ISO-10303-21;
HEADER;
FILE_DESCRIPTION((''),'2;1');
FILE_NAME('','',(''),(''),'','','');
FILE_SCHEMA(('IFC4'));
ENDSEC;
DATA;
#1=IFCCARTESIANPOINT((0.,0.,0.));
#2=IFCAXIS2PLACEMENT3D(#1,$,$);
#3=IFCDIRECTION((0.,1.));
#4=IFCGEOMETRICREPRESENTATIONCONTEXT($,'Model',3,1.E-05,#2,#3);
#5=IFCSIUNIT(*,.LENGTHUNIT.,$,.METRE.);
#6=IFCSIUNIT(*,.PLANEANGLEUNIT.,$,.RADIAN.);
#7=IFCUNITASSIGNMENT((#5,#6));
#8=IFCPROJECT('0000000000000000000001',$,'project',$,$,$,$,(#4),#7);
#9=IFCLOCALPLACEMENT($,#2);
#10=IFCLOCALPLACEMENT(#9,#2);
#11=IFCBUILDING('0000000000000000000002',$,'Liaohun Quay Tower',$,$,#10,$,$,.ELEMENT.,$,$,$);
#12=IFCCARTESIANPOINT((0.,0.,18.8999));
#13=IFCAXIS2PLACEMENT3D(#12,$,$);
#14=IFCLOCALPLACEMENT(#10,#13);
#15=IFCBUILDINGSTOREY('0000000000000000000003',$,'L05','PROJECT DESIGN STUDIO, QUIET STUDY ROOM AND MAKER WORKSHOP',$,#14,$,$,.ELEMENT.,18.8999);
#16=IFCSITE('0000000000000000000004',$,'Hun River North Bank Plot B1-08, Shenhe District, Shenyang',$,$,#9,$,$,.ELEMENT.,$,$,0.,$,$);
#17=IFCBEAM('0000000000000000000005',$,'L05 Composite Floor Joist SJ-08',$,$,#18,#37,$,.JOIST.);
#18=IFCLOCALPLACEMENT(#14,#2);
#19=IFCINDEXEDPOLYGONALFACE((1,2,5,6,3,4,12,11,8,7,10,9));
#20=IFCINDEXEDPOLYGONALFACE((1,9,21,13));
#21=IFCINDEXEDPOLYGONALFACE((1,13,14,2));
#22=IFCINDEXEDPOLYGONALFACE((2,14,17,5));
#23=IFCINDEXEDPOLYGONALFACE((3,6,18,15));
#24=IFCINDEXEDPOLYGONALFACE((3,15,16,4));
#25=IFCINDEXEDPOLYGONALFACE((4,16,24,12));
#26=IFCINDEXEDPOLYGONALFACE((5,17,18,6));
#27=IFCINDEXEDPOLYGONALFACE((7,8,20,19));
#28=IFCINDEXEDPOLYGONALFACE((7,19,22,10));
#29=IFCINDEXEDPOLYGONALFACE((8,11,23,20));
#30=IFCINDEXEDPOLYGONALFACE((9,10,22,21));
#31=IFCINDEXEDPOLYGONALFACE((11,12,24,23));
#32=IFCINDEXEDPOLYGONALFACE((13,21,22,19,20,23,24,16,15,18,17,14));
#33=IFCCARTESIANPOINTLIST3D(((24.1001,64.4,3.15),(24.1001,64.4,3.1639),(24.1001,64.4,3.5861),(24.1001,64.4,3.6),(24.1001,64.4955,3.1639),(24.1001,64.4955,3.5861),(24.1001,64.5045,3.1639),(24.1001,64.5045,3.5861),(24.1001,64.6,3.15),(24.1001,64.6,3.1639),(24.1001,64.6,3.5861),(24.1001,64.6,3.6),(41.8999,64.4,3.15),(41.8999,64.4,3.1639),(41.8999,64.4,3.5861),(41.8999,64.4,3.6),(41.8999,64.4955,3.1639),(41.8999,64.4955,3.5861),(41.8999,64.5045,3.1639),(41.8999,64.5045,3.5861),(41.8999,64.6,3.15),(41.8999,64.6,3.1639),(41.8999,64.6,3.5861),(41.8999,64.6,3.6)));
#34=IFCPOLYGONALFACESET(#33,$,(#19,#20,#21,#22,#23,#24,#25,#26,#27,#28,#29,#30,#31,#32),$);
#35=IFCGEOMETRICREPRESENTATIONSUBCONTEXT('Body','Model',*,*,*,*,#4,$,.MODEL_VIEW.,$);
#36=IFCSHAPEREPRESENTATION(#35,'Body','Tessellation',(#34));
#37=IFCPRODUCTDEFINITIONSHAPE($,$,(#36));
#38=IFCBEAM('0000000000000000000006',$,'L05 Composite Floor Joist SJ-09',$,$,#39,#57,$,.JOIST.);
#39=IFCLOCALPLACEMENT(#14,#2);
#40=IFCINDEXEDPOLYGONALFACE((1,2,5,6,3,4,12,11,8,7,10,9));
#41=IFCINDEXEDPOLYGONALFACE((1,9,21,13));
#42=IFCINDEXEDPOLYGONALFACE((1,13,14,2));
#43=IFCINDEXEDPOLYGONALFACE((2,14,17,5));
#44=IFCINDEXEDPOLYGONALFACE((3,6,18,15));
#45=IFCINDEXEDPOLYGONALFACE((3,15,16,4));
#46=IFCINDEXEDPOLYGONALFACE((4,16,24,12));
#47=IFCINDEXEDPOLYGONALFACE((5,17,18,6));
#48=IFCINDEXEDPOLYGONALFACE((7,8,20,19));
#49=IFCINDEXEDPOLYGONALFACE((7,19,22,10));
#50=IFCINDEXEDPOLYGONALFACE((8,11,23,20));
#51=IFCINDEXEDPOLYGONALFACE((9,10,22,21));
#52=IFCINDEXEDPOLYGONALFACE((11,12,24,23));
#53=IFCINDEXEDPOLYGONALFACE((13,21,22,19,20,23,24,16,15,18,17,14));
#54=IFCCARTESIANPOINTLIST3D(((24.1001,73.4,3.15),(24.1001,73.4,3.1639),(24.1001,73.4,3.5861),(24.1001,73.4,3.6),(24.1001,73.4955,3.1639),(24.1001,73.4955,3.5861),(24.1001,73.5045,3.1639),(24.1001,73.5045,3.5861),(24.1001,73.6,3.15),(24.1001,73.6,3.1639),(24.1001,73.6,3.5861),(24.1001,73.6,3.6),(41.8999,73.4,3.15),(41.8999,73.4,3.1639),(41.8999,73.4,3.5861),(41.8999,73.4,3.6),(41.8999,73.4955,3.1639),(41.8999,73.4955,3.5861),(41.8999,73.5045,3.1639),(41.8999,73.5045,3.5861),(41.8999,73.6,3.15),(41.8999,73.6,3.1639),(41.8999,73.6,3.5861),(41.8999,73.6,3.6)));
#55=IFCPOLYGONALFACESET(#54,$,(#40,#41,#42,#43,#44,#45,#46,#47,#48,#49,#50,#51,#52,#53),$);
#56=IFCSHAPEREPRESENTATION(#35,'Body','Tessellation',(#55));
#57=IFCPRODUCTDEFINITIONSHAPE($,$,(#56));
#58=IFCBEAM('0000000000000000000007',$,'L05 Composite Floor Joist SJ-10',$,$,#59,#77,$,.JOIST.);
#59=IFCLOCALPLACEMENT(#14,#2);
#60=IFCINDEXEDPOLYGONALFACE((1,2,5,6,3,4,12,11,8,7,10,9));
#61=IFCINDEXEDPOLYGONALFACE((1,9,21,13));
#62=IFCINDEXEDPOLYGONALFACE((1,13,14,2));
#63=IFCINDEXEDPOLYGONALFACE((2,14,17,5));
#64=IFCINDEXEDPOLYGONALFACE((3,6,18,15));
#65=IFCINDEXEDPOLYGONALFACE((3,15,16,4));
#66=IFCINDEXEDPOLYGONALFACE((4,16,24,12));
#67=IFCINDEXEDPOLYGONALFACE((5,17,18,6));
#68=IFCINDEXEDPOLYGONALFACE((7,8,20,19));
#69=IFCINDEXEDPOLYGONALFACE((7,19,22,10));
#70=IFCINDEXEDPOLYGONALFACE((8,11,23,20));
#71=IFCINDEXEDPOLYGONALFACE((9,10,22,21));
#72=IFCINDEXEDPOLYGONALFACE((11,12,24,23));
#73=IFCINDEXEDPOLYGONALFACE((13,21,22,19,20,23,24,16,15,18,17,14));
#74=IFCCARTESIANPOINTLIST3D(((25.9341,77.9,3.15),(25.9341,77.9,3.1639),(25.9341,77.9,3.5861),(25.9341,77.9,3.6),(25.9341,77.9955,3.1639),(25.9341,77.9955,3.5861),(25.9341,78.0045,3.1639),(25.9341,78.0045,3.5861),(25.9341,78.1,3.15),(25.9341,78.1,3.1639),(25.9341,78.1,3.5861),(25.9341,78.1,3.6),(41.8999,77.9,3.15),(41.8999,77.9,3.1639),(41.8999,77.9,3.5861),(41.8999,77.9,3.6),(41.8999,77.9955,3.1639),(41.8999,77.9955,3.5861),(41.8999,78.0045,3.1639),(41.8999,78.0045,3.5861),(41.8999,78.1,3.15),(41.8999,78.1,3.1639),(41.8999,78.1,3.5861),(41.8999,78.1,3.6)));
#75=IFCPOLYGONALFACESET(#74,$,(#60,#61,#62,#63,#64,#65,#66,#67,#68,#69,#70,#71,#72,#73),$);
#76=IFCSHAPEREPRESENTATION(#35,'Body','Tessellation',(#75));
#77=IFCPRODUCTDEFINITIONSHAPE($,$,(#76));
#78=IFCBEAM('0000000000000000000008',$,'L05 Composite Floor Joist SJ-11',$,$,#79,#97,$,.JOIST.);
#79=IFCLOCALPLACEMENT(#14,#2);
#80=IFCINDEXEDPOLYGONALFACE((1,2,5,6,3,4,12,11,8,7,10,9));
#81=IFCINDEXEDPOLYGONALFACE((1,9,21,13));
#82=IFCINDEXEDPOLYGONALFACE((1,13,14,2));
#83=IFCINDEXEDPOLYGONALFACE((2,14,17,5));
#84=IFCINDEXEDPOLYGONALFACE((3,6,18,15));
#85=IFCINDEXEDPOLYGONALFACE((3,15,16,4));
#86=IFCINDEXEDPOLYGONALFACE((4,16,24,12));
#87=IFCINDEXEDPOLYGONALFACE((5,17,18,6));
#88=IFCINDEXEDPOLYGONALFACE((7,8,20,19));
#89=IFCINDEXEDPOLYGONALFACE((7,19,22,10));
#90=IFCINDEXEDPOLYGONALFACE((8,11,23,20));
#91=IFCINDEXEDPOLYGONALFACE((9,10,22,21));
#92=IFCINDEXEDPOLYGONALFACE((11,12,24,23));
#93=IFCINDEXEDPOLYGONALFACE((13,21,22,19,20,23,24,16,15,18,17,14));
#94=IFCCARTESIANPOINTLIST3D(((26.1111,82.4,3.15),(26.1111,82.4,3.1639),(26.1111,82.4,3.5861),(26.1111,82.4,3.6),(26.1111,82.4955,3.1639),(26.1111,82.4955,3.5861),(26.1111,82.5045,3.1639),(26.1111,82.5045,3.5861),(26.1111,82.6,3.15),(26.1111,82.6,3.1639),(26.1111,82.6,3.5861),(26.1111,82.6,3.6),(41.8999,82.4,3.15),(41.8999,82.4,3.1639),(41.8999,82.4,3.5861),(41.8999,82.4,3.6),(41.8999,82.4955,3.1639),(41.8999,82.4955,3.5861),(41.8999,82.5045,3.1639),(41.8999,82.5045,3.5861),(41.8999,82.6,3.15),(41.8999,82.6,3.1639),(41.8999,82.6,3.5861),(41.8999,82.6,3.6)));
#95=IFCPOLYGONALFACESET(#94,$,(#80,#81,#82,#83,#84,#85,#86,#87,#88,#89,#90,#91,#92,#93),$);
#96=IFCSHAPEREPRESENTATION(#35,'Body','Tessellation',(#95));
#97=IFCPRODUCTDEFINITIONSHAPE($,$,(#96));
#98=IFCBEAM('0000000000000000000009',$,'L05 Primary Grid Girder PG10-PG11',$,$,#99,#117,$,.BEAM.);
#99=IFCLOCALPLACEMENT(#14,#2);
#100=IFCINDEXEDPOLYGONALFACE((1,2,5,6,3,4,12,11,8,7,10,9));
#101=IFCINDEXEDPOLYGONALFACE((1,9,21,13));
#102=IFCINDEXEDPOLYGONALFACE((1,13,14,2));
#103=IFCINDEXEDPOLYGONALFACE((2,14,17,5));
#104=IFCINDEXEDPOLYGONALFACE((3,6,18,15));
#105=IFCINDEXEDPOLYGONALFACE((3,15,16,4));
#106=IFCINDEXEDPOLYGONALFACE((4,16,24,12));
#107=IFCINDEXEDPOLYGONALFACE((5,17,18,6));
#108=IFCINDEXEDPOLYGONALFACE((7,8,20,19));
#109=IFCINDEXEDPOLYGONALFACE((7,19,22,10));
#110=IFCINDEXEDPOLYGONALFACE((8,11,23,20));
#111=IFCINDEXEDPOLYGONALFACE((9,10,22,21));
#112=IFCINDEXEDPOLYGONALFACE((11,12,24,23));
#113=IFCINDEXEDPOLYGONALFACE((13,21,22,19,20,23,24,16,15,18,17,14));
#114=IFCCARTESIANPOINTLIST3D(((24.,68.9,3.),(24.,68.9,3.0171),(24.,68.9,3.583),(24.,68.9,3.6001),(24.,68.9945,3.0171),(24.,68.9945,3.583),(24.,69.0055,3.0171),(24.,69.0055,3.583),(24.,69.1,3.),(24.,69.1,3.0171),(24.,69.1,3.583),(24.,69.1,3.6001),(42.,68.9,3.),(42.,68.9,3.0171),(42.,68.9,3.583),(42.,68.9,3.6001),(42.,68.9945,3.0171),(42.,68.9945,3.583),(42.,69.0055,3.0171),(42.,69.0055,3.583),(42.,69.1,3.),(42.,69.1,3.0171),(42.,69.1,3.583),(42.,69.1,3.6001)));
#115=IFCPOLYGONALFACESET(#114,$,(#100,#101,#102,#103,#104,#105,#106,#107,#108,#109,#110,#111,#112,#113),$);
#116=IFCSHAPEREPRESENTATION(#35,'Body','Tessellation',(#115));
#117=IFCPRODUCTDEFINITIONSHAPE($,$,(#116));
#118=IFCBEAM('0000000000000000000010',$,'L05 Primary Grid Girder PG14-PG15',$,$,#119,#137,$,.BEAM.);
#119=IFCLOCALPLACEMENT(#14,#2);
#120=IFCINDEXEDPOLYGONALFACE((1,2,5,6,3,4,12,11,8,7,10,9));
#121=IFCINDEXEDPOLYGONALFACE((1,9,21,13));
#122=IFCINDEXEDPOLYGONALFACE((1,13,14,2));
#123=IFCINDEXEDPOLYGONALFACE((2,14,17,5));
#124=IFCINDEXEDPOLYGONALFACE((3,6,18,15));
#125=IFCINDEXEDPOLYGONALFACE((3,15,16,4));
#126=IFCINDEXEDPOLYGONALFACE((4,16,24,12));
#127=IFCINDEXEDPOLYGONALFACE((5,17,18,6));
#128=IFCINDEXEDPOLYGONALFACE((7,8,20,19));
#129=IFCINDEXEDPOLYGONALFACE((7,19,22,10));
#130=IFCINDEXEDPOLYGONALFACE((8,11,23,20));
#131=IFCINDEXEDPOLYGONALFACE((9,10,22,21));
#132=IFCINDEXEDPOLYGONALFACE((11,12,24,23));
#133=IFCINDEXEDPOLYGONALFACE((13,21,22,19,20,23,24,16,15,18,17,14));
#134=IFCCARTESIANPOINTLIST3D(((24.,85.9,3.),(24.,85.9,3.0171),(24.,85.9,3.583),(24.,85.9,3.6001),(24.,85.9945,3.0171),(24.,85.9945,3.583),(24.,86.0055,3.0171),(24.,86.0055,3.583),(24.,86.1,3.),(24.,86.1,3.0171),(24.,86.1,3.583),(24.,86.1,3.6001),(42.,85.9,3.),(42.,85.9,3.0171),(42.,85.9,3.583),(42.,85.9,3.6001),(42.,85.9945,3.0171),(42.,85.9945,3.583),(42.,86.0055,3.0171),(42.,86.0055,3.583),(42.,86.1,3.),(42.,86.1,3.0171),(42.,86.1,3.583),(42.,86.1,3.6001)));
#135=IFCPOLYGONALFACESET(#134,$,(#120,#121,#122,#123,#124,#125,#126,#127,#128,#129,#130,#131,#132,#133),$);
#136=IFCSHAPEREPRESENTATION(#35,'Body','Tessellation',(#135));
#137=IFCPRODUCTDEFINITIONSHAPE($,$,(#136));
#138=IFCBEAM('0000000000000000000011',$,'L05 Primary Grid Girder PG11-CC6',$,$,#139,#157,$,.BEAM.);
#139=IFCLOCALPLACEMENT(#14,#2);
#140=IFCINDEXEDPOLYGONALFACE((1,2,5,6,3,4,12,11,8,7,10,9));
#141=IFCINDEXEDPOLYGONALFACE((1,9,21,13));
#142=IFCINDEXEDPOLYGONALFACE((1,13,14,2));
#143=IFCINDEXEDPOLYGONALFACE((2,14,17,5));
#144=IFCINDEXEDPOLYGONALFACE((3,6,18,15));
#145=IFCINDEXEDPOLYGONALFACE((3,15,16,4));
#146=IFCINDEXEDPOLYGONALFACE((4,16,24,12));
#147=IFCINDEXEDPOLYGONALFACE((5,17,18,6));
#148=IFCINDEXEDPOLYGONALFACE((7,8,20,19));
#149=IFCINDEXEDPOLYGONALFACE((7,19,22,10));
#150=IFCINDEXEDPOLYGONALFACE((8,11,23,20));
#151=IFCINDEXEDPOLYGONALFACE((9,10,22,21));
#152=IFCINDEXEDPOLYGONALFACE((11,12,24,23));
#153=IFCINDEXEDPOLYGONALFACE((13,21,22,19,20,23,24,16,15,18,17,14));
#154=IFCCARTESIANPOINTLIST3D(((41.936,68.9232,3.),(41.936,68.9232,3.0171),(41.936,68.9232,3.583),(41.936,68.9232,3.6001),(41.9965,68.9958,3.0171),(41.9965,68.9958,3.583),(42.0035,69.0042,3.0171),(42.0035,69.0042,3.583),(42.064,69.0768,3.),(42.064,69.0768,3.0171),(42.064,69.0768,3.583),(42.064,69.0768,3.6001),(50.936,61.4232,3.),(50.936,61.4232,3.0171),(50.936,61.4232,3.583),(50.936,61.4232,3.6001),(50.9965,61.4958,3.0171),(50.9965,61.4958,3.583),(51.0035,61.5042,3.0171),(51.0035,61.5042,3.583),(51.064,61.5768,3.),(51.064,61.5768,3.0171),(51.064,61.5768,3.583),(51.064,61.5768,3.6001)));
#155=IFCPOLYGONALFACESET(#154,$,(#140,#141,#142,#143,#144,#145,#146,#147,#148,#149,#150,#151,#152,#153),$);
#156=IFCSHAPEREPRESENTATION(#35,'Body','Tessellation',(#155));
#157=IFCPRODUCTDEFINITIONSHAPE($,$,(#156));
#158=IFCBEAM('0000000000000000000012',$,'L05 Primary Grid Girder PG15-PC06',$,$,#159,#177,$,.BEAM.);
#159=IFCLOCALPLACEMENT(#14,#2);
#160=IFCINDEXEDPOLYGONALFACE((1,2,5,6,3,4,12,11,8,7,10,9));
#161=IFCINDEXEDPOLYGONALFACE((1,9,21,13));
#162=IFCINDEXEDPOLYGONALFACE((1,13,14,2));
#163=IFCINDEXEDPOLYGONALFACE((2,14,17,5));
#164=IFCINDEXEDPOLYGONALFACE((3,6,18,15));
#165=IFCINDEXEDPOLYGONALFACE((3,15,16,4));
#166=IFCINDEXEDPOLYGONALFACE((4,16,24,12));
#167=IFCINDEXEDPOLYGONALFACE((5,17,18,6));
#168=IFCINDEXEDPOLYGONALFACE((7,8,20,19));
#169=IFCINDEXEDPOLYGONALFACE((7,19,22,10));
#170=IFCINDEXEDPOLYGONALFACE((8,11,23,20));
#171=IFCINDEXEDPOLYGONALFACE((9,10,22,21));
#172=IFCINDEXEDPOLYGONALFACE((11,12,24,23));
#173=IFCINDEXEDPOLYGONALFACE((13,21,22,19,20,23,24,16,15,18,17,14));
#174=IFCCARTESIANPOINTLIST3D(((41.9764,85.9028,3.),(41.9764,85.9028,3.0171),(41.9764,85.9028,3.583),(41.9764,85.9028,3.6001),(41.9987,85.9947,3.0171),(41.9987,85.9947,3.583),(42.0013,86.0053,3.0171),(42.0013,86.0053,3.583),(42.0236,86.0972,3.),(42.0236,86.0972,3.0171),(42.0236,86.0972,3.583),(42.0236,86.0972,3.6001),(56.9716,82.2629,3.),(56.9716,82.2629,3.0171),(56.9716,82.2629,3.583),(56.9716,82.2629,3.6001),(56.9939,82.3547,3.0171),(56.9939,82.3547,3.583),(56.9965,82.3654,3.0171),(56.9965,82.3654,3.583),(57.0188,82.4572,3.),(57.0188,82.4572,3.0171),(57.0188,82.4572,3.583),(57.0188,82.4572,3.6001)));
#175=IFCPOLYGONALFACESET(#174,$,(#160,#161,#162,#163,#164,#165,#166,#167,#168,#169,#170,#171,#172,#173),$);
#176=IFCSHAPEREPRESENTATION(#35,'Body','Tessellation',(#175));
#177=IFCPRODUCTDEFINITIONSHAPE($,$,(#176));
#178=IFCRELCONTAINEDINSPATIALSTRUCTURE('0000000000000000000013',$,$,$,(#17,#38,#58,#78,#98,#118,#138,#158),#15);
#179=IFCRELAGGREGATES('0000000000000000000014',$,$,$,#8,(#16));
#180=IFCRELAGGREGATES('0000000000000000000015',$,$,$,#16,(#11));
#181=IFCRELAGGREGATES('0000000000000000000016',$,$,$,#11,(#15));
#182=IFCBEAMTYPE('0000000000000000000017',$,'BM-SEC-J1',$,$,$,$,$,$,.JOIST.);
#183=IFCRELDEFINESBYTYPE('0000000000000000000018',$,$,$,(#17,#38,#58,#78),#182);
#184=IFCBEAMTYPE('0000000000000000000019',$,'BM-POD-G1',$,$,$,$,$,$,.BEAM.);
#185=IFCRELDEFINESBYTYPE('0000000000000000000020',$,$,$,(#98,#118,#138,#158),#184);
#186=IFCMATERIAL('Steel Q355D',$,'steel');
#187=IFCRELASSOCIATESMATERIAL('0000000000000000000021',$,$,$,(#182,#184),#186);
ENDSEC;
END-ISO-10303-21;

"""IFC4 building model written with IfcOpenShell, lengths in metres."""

from ifc_helpers import new_model, si_unit, direction, frame, origin, origin_2d, place, context, subcontext, project, spatial, i_section, extrude, source, transform, mapped, material, material_profile, profile_set, type_object, element, save


model = new_model("IFC4")

# Units and contexts
model_context = context("Model", 3, precision=1e-05, world=origin(), true_north=direction((0.0, 1.0)))
body_context = subcontext(model_context, "Body", "Model", "MODEL_VIEW")
ifc_project = project(units=[si_unit("LENGTHUNIT", "METRE"), si_unit("PLANEANGLEUNIT", "RADIAN")], contexts=[model_context])

# Site, building, storey
site_placement = place(None, origin())
site = spatial("IfcSite", under=ifc_project, at=site_placement, Name="Hun River North Bank Plot B1-08, Shenhe District, Shenyang", CompositionType="ELEMENT", RefElevation=0.0)
building_placement = place(site_placement, origin())
building = spatial("IfcBuilding", under=site, at=building_placement, Name="Liaohun Quay Tower", CompositionType="ELEMENT")
storey_placement = place(building_placement, frame((0.0, 0.0, 18.8999)))
storey = spatial("IfcBuildingStorey", under=building, at=storey_placement, Name="L05", Description="PROJECT DESIGN STUDIO, QUIET STUDY ROOM AND MAKER WORKSHOP", CompositionType="ELEMENT", Elevation=18.8999)

# Beams
ifc_material_1 = material(Name="Steel Q355D", Category="steel")
ifc_material_profile_1 = material_profile(ifc_material_1, i_section(OverallWidth=0.2, OverallDepth=0.45, WebThickness=0.009, FlangeThickness=0.0139, at=origin_2d()), Name="HN450x200x9x14")
ifc_profile_set_1 = profile_set([ifc_material_profile_1], Name="Steel Q355D")
beam_type_1 = type_object("IfcBeamType", Name="BM-SEC-J1", PredefinedType="JOIST", material=ifc_profile_set_1)
shared_shape_1 = source(origin(), body_context, "Body", "SweptSolid", [
    extrude(i_section(OverallWidth=0.2, OverallDepth=0.45, WebThickness=0.009, FlangeThickness=0.0139, at=origin_2d()), origin(), (0.0, 0.0, 1.0), 17.7998),
])
for number, where, z_axis, x_axis, name in (
    (1, (24.1001, 64.5, 3.375), (1.0, 0.0, 0.0), (0.0, 1.0, 0.0), "L05 Composite Floor Joist SJ-08"),
    (2, (24.1001, 73.5, 3.375), (1.0, 0.0, 0.0), (0.0, 1.0, 0.0), "L05 Composite Floor Joist SJ-09"),
):
    element("IfcBeam", number, at=place(storey_placement, frame(where, z_axis=z_axis, x_axis=x_axis)), inside=storey, type_object=beam_type_1, Name=name, PredefinedType="JOIST", context=body_context, shape_type="MappedRepresentation", body=[
        mapped(shared_shape_1, transform((0.0, 0.0, 0.0), x_axis=(1.0, 0.0, 0.0), y_axis=(0.0, 1.0, 0.0), z_axis=(0.0, 0.0, 1.0), scale=1.0)),
    ])
shared_shape_2 = source(origin(), body_context, "Body", "SweptSolid", [
    extrude(i_section(OverallWidth=0.2, OverallDepth=0.45, WebThickness=0.009, FlangeThickness=0.0139, at=origin_2d()), origin(), (0.0, 0.0, 1.0), 15.9658),
])
beam_1_placement = place(storey_placement, frame((25.9341, 78.0, 3.375), z_axis=(1.0, 0.0, 0.0), x_axis=(0.0, 1.0, 0.0)))
element("IfcBeam", 3, at=beam_1_placement, inside=storey, type_object=beam_type_1, Name="L05 Composite Floor Joist SJ-10", PredefinedType="JOIST", context=body_context, shape_type="MappedRepresentation", body=[
    mapped(shared_shape_2, transform((0.0, 0.0, 0.0), x_axis=(1.0, 0.0, 0.0), y_axis=(0.0, 1.0, 0.0), z_axis=(0.0, 0.0, 1.0), scale=1.0)),
])
shared_shape_3 = source(origin(), body_context, "Body", "SweptSolid", [
    extrude(i_section(OverallWidth=0.2, OverallDepth=0.45, WebThickness=0.009, FlangeThickness=0.0139, at=origin_2d()), origin(), (0.0, 0.0, 1.0), 15.7888),
])
beam_2_placement = place(storey_placement, frame((26.1111, 82.5, 3.375), z_axis=(1.0, 0.0, 0.0), x_axis=(0.0, 1.0, 0.0)))
element("IfcBeam", 4, at=beam_2_placement, inside=storey, type_object=beam_type_1, Name="L05 Composite Floor Joist SJ-11", PredefinedType="JOIST", context=body_context, shape_type="MappedRepresentation", body=[
    mapped(shared_shape_3, transform((0.0, 0.0, 0.0), x_axis=(1.0, 0.0, 0.0), y_axis=(0.0, 1.0, 0.0), z_axis=(0.0, 0.0, 1.0), scale=1.0)),
])
ifc_material_profile_2 = material_profile(ifc_material_1, i_section(OverallWidth=0.2, OverallDepth=0.6001, WebThickness=0.011, FlangeThickness=0.0171, at=origin_2d()), Name="HN600x200x11x17")
ifc_profile_set_2 = profile_set([ifc_material_profile_2], Name="Steel Q355D")
beam_type_2 = type_object("IfcBeamType", Name="BM-POD-G1", PredefinedType="BEAM", material=ifc_profile_set_2)
shared_shape_4 = source(origin(), body_context, "Body", "SweptSolid", [
    extrude(i_section(OverallWidth=0.2, OverallDepth=0.6001, WebThickness=0.011, FlangeThickness=0.0171, at=origin_2d()), origin(), (0.0, 0.0, 1.0), 18.0),
])
for number, where, z_axis, x_axis, name in (
    (5, (24.0, 69.0, 3.3), (1.0, 0.0, 0.0), (0.0, 1.0, 0.0), "L05 Primary Grid Girder PG10-PG11"),
    (6, (24.0, 86.0, 3.3), (1.0, 0.0, 0.0), (0.0, 1.0, 0.0), "L05 Primary Grid Girder PG14-PG15"),
):
    element("IfcBeam", number, at=place(storey_placement, frame(where, z_axis=z_axis, x_axis=x_axis)), inside=storey, type_object=beam_type_2, Name=name, PredefinedType="BEAM", context=body_context, shape_type="MappedRepresentation", body=[
        mapped(shared_shape_4, transform((0.0, 0.0, 0.0), x_axis=(1.0, 0.0, 0.0), y_axis=(0.0, 1.0, 0.0), z_axis=(0.0, 0.0, 1.0), scale=1.0)),
    ])
shared_shape_5 = source(origin(), body_context, "Body", "SweptSolid", [
    extrude(i_section(OverallWidth=0.2, OverallDepth=0.6001, WebThickness=0.011, FlangeThickness=0.0171, at=origin_2d()), origin(), (0.0, 0.0, 1.0), 11.7153),
])
beam_3_placement = place(storey_placement, frame((42.0, 69.0, 3.3), z_axis=(0.768221, -0.640184, 0.0), x_axis=(0.640184, 0.768221, 0.0)))
element("IfcBeam", 7, at=beam_3_placement, inside=storey, type_object=beam_type_2, Name="L05 Primary Grid Girder PG11-CC6", PredefinedType="BEAM", context=body_context, shape_type="MappedRepresentation", body=[
    mapped(shared_shape_5, transform((0.0, 0.0, 0.0), x_axis=(1.0, 0.0, 0.0), y_axis=(0.0, 1.0, 0.0), z_axis=(0.0, 0.0, 1.0), scale=1.0)),
])
shared_shape_6 = source(origin(), body_context, "Body", "SweptSolid", [
    extrude(i_section(OverallWidth=0.2, OverallDepth=0.6001, WebThickness=0.011, FlangeThickness=0.0171, at=origin_2d()), origin(), (0.0, 0.0, 1.0), 15.4307),
])
beam_4_placement = place(storey_placement, frame((42.0, 86.0, 3.3), z_axis=(0.97178, -0.235888, 0.0), x_axis=(0.235888, 0.97178, 0.0)))
element("IfcBeam", 8, at=beam_4_placement, inside=storey, type_object=beam_type_2, Name="L05 Primary Grid Girder PG15-PC06", PredefinedType="BEAM", context=body_context, shape_type="MappedRepresentation", body=[
    mapped(shared_shape_6, transform((0.0, 0.0, 0.0), x_axis=(1.0, 0.0, 0.0), y_axis=(0.0, 1.0, 0.0), z_axis=(0.0, 0.0, 1.0), scale=1.0)),
])

save(model, "model.ifc")
